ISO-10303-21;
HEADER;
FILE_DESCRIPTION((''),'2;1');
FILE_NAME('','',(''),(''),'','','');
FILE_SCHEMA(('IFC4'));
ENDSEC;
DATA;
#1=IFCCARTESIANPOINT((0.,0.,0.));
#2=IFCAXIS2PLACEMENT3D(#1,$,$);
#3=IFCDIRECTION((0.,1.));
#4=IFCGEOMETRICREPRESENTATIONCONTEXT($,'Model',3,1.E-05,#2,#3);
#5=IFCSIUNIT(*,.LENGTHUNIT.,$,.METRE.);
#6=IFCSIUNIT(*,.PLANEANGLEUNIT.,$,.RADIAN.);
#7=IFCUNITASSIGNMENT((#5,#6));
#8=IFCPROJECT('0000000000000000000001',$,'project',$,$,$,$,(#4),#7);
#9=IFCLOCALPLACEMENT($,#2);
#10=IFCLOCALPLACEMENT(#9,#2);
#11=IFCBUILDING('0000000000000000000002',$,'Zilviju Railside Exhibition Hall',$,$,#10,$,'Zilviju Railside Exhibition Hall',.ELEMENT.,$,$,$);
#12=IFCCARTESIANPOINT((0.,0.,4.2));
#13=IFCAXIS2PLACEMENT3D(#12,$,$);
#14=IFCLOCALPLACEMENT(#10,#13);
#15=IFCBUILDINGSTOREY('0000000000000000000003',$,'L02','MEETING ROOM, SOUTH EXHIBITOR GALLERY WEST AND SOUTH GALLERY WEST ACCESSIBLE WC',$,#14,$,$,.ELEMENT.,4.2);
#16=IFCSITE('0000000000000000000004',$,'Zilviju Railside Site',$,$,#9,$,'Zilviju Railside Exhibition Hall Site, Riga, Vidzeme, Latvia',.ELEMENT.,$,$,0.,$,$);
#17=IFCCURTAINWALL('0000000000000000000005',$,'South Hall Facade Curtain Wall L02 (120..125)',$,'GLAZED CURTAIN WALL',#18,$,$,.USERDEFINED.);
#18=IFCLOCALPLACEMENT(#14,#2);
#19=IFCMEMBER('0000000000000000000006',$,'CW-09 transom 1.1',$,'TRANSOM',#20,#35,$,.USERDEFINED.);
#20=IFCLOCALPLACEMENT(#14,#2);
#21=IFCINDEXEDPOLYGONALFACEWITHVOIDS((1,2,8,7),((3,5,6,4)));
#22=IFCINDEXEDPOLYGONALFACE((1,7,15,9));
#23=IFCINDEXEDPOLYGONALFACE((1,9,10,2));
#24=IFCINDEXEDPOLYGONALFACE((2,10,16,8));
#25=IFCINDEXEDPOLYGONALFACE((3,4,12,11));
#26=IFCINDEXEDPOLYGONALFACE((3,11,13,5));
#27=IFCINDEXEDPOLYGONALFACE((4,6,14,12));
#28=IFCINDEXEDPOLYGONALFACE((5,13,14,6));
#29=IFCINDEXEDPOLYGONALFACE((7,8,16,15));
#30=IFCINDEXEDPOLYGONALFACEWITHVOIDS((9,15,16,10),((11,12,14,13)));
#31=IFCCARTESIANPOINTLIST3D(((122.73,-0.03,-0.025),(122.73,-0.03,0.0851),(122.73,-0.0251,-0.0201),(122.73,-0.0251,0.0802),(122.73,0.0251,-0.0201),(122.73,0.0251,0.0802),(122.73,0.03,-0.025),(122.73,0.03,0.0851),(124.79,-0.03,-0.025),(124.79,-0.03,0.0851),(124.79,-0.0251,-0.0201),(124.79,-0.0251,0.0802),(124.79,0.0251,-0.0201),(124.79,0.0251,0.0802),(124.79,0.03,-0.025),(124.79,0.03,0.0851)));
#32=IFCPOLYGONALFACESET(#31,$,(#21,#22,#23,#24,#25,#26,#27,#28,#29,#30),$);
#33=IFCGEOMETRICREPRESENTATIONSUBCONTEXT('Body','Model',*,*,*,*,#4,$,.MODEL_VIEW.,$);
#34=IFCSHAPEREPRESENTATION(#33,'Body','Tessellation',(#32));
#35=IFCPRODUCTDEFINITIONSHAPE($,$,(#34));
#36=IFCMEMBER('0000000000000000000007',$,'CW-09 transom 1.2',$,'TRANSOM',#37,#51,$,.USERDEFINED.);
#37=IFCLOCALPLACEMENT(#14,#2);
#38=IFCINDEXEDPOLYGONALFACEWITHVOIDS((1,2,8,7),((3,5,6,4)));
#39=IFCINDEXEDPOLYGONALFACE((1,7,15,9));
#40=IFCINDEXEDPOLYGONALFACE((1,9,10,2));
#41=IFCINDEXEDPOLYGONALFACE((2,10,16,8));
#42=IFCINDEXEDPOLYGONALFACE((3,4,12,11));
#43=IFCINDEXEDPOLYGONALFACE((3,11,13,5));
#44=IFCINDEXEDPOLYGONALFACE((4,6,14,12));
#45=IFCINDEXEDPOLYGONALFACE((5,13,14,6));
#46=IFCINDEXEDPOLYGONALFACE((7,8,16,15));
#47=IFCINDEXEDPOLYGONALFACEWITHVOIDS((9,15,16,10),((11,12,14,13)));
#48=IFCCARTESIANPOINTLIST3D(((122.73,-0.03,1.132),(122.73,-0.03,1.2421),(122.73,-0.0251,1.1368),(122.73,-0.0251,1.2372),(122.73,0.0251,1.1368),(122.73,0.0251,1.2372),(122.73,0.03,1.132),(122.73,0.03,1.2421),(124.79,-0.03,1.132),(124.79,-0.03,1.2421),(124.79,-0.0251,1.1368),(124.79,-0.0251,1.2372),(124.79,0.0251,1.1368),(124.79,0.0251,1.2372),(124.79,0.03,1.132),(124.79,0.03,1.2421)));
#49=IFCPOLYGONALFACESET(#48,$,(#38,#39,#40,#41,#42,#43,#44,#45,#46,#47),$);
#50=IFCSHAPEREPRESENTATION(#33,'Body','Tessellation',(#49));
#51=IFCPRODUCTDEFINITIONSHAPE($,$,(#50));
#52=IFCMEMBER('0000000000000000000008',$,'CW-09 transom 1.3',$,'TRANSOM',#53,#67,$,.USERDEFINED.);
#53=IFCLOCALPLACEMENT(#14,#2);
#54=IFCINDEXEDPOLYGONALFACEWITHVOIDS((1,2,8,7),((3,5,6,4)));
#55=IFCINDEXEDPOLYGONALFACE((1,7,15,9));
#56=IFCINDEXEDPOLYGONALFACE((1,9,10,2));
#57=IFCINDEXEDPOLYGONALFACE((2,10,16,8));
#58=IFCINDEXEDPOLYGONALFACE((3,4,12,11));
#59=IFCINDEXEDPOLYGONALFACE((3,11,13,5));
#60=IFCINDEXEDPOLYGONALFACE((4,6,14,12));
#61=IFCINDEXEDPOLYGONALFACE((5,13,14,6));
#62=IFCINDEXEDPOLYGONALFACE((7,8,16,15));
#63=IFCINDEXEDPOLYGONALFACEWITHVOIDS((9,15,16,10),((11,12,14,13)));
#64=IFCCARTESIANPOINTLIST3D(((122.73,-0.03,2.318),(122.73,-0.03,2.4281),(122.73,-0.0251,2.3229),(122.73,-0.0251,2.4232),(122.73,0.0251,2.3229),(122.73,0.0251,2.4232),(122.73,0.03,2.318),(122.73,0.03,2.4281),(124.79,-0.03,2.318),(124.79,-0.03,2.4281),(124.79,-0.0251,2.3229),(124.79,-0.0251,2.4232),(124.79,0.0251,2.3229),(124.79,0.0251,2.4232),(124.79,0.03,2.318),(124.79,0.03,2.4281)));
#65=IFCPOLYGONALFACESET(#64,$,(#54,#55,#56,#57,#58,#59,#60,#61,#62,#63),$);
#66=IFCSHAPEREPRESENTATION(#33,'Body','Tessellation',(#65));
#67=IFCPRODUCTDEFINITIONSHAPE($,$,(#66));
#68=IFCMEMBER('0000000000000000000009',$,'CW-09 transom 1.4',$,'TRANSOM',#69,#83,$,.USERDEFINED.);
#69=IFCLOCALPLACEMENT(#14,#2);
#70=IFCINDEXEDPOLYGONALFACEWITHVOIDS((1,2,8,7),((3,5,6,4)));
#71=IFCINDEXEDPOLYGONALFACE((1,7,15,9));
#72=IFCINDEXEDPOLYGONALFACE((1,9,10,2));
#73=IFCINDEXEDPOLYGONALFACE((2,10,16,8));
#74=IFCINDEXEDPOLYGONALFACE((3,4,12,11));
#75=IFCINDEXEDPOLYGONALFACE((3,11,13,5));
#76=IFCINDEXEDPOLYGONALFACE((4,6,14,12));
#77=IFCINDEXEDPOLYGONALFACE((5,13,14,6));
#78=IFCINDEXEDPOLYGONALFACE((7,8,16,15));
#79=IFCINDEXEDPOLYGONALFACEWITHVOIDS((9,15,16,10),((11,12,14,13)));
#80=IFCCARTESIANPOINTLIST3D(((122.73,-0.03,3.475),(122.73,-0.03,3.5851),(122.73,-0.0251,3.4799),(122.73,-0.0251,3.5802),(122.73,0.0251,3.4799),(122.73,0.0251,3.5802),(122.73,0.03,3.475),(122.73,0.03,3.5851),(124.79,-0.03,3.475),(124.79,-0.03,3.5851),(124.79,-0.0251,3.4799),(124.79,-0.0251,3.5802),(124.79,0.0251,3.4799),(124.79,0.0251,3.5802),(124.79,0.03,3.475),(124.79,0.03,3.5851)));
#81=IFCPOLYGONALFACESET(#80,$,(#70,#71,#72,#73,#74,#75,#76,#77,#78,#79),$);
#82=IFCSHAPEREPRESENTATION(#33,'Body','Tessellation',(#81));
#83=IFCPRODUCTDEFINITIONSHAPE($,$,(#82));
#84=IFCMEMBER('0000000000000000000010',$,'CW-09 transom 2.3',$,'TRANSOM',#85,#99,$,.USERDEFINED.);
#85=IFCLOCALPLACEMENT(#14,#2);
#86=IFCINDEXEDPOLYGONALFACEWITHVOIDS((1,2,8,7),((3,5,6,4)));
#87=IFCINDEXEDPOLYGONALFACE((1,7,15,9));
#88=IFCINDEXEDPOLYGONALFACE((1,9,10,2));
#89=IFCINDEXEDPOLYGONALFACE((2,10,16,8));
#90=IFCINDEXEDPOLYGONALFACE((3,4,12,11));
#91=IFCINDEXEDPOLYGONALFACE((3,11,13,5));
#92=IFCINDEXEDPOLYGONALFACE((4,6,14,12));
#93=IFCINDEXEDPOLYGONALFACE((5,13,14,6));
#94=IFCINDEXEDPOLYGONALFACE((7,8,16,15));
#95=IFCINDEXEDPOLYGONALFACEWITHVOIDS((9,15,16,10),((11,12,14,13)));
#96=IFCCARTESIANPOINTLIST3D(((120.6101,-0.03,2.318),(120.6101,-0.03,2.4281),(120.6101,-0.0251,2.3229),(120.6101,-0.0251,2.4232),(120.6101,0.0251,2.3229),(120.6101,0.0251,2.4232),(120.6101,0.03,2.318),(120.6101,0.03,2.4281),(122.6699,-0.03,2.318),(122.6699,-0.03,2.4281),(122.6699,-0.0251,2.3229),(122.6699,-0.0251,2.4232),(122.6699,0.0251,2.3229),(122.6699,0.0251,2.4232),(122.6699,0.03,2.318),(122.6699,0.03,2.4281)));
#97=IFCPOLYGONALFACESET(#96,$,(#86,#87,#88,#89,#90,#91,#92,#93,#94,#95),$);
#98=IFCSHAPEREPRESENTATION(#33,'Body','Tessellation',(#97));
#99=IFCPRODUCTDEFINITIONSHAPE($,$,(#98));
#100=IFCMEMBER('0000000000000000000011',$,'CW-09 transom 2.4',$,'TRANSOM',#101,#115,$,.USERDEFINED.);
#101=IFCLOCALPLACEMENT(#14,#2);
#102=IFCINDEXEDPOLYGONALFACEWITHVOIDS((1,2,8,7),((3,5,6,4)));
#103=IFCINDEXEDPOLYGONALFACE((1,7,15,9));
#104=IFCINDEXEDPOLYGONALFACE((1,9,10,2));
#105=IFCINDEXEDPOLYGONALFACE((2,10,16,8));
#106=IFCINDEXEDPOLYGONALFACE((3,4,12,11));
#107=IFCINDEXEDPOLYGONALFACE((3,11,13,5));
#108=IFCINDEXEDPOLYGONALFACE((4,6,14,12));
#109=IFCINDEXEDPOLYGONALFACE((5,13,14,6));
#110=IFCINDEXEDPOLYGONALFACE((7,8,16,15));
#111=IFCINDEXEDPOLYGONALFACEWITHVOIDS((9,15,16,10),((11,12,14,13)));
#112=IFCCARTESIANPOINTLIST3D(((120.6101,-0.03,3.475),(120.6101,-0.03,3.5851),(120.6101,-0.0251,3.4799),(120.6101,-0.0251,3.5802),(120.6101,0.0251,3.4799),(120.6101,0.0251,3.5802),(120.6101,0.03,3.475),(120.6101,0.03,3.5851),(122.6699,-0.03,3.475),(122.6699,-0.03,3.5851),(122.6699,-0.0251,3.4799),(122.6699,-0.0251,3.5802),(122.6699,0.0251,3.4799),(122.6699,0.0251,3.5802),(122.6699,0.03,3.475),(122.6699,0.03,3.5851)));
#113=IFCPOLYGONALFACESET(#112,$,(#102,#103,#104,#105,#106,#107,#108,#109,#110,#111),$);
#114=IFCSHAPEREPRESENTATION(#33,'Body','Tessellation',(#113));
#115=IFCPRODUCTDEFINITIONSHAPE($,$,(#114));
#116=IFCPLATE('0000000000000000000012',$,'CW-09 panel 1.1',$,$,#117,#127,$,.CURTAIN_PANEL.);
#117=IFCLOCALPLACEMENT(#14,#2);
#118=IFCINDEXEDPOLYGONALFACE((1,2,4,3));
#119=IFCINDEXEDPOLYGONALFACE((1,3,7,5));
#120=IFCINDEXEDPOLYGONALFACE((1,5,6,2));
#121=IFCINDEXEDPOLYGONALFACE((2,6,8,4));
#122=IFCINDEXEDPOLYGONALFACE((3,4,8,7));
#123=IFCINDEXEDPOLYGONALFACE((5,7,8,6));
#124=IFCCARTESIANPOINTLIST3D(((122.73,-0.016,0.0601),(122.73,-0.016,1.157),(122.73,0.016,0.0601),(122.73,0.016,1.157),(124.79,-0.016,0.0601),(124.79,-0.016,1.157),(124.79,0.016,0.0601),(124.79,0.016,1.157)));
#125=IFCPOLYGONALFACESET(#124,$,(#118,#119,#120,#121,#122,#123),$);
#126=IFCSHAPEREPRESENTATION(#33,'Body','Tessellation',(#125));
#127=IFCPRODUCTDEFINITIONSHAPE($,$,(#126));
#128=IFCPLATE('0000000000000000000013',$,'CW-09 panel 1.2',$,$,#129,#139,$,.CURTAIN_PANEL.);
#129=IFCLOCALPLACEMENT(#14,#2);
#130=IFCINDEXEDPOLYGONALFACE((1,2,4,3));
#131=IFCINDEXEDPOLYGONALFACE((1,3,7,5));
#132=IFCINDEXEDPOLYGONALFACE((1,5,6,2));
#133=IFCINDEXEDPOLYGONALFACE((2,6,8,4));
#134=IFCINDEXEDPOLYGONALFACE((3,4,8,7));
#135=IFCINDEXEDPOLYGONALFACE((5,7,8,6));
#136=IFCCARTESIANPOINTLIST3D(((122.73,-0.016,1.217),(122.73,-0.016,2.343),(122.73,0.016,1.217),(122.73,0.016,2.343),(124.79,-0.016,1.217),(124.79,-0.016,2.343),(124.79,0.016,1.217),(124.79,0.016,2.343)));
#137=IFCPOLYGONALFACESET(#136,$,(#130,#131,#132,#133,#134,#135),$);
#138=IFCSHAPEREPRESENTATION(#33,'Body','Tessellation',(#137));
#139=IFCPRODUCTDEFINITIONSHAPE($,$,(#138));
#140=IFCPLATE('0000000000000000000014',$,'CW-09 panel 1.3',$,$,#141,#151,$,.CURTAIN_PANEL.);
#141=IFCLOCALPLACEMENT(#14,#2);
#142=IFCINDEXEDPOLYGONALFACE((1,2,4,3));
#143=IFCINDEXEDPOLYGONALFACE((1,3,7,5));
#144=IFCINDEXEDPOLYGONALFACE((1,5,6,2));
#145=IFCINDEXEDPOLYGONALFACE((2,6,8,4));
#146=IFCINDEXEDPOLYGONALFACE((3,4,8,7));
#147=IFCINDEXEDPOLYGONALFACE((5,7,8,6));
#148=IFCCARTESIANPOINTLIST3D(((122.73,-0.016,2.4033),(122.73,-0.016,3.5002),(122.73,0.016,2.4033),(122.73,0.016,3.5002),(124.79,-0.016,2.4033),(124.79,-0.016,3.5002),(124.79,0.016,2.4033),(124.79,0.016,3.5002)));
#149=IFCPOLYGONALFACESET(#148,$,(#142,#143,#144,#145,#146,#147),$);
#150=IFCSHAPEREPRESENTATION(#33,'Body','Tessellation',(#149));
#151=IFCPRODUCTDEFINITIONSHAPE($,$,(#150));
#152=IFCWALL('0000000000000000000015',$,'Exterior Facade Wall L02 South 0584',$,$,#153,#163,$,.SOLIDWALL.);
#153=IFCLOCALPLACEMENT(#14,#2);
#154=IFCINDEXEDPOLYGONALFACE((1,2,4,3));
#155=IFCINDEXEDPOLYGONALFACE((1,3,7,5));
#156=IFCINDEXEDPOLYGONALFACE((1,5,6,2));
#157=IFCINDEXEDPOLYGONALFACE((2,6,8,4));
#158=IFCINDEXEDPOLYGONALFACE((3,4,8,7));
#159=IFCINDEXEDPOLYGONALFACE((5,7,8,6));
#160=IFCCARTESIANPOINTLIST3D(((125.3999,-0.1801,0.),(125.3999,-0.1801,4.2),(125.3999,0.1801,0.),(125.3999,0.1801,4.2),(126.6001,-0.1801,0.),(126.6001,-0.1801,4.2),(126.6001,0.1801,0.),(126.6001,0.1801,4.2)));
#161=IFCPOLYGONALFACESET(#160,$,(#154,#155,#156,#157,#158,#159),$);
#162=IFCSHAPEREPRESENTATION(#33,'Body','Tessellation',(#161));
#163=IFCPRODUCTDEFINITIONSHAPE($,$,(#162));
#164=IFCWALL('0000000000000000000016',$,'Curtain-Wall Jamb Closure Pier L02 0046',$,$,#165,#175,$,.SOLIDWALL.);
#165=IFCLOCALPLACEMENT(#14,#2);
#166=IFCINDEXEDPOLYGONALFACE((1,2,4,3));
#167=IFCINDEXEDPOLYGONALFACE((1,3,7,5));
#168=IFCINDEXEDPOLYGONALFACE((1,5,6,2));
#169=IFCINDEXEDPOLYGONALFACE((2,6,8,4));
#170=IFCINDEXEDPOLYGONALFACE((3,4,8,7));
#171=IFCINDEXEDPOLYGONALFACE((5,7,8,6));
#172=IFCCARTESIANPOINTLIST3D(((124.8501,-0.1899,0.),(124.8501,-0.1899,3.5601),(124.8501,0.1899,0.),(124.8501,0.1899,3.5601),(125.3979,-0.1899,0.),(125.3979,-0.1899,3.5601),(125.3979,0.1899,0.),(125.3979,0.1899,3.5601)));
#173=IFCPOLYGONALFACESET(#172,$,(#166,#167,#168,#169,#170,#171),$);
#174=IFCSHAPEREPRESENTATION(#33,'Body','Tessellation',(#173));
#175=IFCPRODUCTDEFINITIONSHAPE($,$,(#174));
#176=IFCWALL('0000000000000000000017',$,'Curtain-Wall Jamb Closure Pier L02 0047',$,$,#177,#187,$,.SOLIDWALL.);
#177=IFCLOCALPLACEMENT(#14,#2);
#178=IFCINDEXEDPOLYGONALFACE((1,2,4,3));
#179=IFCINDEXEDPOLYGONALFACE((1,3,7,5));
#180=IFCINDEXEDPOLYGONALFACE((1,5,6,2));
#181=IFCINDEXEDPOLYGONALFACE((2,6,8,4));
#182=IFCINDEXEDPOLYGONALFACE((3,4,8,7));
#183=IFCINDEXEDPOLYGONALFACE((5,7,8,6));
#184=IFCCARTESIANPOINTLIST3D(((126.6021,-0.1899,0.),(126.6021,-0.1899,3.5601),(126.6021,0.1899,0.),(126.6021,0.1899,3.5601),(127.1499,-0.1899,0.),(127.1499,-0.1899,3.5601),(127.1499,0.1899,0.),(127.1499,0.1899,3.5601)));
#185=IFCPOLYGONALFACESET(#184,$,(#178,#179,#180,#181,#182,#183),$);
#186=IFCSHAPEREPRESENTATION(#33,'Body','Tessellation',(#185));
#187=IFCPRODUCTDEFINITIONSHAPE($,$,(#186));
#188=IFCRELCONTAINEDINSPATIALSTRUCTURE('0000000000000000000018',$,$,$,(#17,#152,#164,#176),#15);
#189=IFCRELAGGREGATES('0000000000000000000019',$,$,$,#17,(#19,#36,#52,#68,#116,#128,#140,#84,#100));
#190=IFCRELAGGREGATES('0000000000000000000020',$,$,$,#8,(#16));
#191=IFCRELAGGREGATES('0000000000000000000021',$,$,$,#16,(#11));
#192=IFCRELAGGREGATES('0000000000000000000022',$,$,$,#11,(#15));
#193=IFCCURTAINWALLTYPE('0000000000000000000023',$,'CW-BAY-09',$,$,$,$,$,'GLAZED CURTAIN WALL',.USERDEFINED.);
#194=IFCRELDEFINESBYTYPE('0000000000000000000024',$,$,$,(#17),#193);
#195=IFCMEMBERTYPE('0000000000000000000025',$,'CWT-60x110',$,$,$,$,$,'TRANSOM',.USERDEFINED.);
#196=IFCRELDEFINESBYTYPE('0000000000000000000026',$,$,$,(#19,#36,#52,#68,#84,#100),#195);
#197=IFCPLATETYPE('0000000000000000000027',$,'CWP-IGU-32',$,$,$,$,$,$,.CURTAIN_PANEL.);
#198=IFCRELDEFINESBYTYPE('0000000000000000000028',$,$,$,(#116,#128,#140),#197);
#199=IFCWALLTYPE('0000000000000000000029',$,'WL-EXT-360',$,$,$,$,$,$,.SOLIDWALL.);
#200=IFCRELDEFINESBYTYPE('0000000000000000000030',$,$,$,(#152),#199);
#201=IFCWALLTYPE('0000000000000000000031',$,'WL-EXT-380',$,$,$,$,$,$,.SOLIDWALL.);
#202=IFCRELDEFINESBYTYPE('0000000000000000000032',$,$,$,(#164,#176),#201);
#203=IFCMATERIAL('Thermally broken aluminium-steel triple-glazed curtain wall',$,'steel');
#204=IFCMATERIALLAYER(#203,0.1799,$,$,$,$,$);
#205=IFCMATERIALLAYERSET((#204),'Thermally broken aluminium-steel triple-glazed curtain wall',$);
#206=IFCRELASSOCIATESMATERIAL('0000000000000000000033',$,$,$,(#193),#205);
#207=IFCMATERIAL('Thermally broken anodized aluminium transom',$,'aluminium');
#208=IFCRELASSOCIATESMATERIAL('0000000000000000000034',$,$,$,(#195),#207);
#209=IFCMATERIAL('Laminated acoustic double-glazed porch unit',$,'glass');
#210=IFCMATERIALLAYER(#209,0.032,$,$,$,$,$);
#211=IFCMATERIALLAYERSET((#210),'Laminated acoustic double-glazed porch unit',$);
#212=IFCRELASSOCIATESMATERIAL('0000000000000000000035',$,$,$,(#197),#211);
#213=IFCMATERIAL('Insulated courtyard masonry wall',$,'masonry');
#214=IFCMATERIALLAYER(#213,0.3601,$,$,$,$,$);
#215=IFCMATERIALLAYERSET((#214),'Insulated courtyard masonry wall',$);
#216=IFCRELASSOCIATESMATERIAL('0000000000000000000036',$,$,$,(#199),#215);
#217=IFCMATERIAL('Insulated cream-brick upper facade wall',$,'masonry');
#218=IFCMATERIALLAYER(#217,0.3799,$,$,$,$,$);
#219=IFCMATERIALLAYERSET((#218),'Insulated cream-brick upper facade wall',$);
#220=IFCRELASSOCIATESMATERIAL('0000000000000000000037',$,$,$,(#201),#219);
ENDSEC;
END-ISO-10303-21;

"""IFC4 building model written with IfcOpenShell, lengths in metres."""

from ifc_helpers import new_model, si_unit, direction, frame, frame_2d, origin, origin_2d, place, context, subcontext, project, spatial, rectangle, hollow_rectangle, extrude, material, layer, layer_set, material_profile, profile_set, type_object, element, aggregate, save


model = new_model("IFC4")

# Units and contexts
model_context = context("Model", 3, precision=1e-05, world=origin(), true_north=direction((0.0, 1.0)))
body_context = subcontext(model_context, "Body", "Model", "MODEL_VIEW")
ifc_project = project(units=[si_unit("LENGTHUNIT", "METRE"), si_unit("PLANEANGLEUNIT", "RADIAN")], contexts=[model_context])

# Site, building, storey
site_placement = place(None, origin())
site = spatial("IfcSite", under=ifc_project, at=site_placement, Name="Zilviju Railside Site", LongName="Zilviju Railside Exhibition Hall Site, Riga, Vidzeme, Latvia", CompositionType="ELEMENT", RefElevation=0.0)
building_placement = place(site_placement, origin())
building = spatial("IfcBuilding", under=site, at=building_placement, Name="Zilviju Railside Exhibition Hall", LongName="Zilviju Railside Exhibition Hall", CompositionType="ELEMENT")
storey_placement = place(building_placement, frame((0.0, 0.0, 4.2)))
storey = spatial("IfcBuildingStorey", under=building, at=storey_placement, Name="L02", Description="MEETING ROOM, SOUTH EXHIBITOR GALLERY WEST AND SOUTH GALLERY WEST ACCESSIBLE WC", CompositionType="ELEMENT", Elevation=4.2)

# Curtain wall
ifc_material_1 = material(Name="Thermally broken aluminium-steel triple-glazed curtain wall", Category="steel")
ifc_layer_1 = layer(ifc_material_1, 0.1799)
ifc_layer_set_1 = layer_set([ifc_layer_1], Name="Thermally broken aluminium-steel triple-glazed curtain wall")
curtain_wall_type_1 = type_object("IfcCurtainWallType", Name="CW-BAY-09", ElementType="GLAZED CURTAIN WALL", PredefinedType="USERDEFINED", material=ifc_layer_set_1)
curtain_wall_1_placement = place(storey_placement, origin())
curtain_wall_1 = element("IfcCurtainWall", 1, at=curtain_wall_1_placement, inside=storey, type_object=curtain_wall_type_1, Name="South Hall Facade Curtain Wall L02 (120..125)", ObjectType="GLAZED CURTAIN WALL", PredefinedType="USERDEFINED")

# Members
ifc_material_2 = material(Name="Thermally broken anodized aluminium transom", Category="aluminium")
ifc_material_profile_1 = material_profile(ifc_material_2, hollow_rectangle(XDim=0.0601, YDim=0.1101, WallThickness=0.0049, at=origin_2d()), Name="TRANSOM 110x60x5")
ifc_profile_set_1 = profile_set([ifc_material_profile_1], Name="Thermally broken anodized aluminium transom")
member_type_1 = type_object("IfcMemberType", Name="CWT-60x110", ElementType="TRANSOM", PredefinedType="USERDEFINED", material=ifc_profile_set_1)
member_1_placement = place(storey_placement, frame((124.79, 0.0, 0.03), z_axis=(-1.0, 0.0, 0.0), x_axis=(0.0, -1.0, 0.0)))
member_1 = element("IfcMember", 2, at=member_1_placement, type_object=member_type_1, Name="CW-09 transom 1.1", ObjectType="TRANSOM", PredefinedType="USERDEFINED", context=body_context, shape_type="SweptSolid", body=[
    extrude(hollow_rectangle(XDim=0.0601, YDim=0.1101, WallThickness=0.0049, at=origin_2d()), origin(), (0.0, 0.0, 1.0), 2.0601),
])
member_2_placement = place(storey_placement, frame((124.79, 0.0, 1.187), z_axis=(-1.0, 0.0, 0.0), x_axis=(0.0, -1.0, 0.0)))
member_2 = element("IfcMember", 3, at=member_2_placement, type_object=member_type_1, Name="CW-09 transom 1.2", ObjectType="TRANSOM", PredefinedType="USERDEFINED", context=body_context, shape_type="SweptSolid", body=[
    extrude(hollow_rectangle(XDim=0.0601, YDim=0.1101, WallThickness=0.0049, at=origin_2d()), origin(), (0.0, 0.0, 1.0), 2.0601),
])
member_3_placement = place(storey_placement, frame((124.79, 0.0, 2.373), z_axis=(-1.0, 0.0, 0.0), x_axis=(0.0, -1.0, 0.0)))
member_3 = element("IfcMember", 4, at=member_3_placement, type_object=member_type_1, Name="CW-09 transom 1.3", ObjectType="TRANSOM", PredefinedType="USERDEFINED", context=body_context, shape_type="SweptSolid", body=[
    extrude(hollow_rectangle(XDim=0.0601, YDim=0.1101, WallThickness=0.0049, at=origin_2d()), origin(), (0.0, 0.0, 1.0), 2.0601),
])
member_4_placement = place(storey_placement, frame((124.79, 0.0, 3.53), z_axis=(-1.0, 0.0, 0.0), x_axis=(0.0, -1.0, 0.0)))
member_4 = element("IfcMember", 5, at=member_4_placement, type_object=member_type_1, Name="CW-09 transom 1.4", ObjectType="TRANSOM", PredefinedType="USERDEFINED", context=body_context, shape_type="SweptSolid", body=[
    extrude(hollow_rectangle(XDim=0.0601, YDim=0.1101, WallThickness=0.0049, at=origin_2d()), origin(), (0.0, 0.0, 1.0), 2.0601),
])
member_5_placement = place(storey_placement, frame((122.6699, 0.0, 2.373), z_axis=(-1.0, 0.0, 0.0), x_axis=(0.0, -1.0, 0.0)))
member_5 = element("IfcMember", 6, at=member_5_placement, type_object=member_type_1, Name="CW-09 transom 2.3", ObjectType="TRANSOM", PredefinedType="USERDEFINED", context=body_context, shape_type="SweptSolid", body=[
    extrude(hollow_rectangle(XDim=0.0601, YDim=0.1101, WallThickness=0.0049, at=origin_2d()), origin(), (0.0, 0.0, 1.0), 2.0598),
])
member_6_placement = place(storey_placement, frame((122.6699, 0.0, 3.53), z_axis=(-1.0, 0.0, 0.0), x_axis=(0.0, -1.0, 0.0)))
member_6 = element("IfcMember", 7, at=member_6_placement, type_object=member_type_1, Name="CW-09 transom 2.4", ObjectType="TRANSOM", PredefinedType="USERDEFINED", context=body_context, shape_type="SweptSolid", body=[
    extrude(hollow_rectangle(XDim=0.0601, YDim=0.1101, WallThickness=0.0049, at=origin_2d()), origin(), (0.0, 0.0, 1.0), 2.0598),
])

# Plates
ifc_material_3 = material(Name="Laminated acoustic double-glazed porch unit", Category="glass")
ifc_layer_2 = layer(ifc_material_3, 0.032)
ifc_layer_set_2 = layer_set([ifc_layer_2], Name="Laminated acoustic double-glazed porch unit")
plate_type = type_object("IfcPlateType", Name="CWP-IGU-32", PredefinedType="CURTAIN_PANEL", material=ifc_layer_set_2)
plate_1_placement = place(storey_placement, frame((123.76, 0.0, 0.0601), z_axis=(0.0, 0.0, 1.0), x_axis=(-1.0, 0.0, 0.0)))
plate_1 = element("IfcPlate", 8, at=plate_1_placement, type_object=plate_type, Name="CW-09 panel 1.1", PredefinedType="CURTAIN_PANEL", context=body_context, shape_type="SweptSolid", body=[
    extrude(rectangle(XDim=2.0601, YDim=0.032, at=origin_2d()), origin(), (0.0, 0.0, 1.0), 1.0969),
])
plate_2_placement = place(storey_placement, frame((123.76, 0.0, 1.217), z_axis=(0.0, 0.0, 1.0), x_axis=(-1.0, 0.0, 0.0)))
plate_2 = element("IfcPlate", 9, at=plate_2_placement, type_object=plate_type, Name="CW-09 panel 1.2", PredefinedType="CURTAIN_PANEL", context=body_context, shape_type="SweptSolid", body=[
    extrude(rectangle(XDim=2.0601, YDim=0.032, at=origin_2d()), origin(), (0.0, 0.0, 1.0), 1.126),
])
plate_3_placement = place(storey_placement, frame((123.76, 0.0, 2.4033), z_axis=(0.0, 0.0, 1.0), x_axis=(-1.0, 0.0, 0.0)))
plate_3 = element("IfcPlate", 10, at=plate_3_placement, type_object=plate_type, Name="CW-09 panel 1.3", PredefinedType="CURTAIN_PANEL", context=body_context, shape_type="SweptSolid", body=[
    extrude(rectangle(XDim=2.0601, YDim=0.032, at=origin_2d()), origin(), (0.0, 0.0, 1.0), 1.0969),
])
aggregate(curtain_wall_1, [member_1, member_2, member_3, member_4, plate_1, plate_2, plate_3, member_5, member_6])

# Walls
ifc_material_4 = material(Name="Insulated courtyard masonry wall", Category="masonry")
ifc_layer_3 = layer(ifc_material_4, 0.3601)
ifc_layer_set_3 = layer_set([ifc_layer_3], Name="Insulated courtyard masonry wall")
wall_type_1 = type_object("IfcWallType", Name="WL-EXT-360", PredefinedType="SOLIDWALL", material=ifc_layer_set_3)
wall_placement = place(storey_placement, frame((126.6001, 0.0, 0.0), z_axis=(0.0, 0.0, 1.0), x_axis=(-1.0, 0.0, 0.0)))
element("IfcWall", 11, at=wall_placement, inside=storey, type_object=wall_type_1, Name="Exterior Facade Wall L02 South 0584", PredefinedType="SOLIDWALL", context=body_context, shape_type="SweptSolid", body=[
    extrude(rectangle(XDim=1.2002, YDim=0.3601, at=frame_2d((0.6001, 0.0))), origin(), (0.0, 0.0, 1.0), 4.2),
])
ifc_material_5 = material(Name="Insulated cream-brick upper facade wall", Category="masonry")
ifc_layer_4 = layer(ifc_material_5, 0.3799)
ifc_layer_set_4 = layer_set([ifc_layer_4], Name="Insulated cream-brick upper facade wall")
wall_type_2 = type_object("IfcWallType", Name="WL-EXT-380", PredefinedType="SOLIDWALL", material=ifc_layer_set_4)
for number, where, z_axis, x_axis, name in (
    (12, (125.3979, 0.0, 0.0), (0.0, 0.0, 1.0), (-1.0, 0.0, 0.0), "Curtain-Wall Jamb Closure Pier L02 0046"),
    (13, (127.1499, 0.0, 0.0), (0.0, 0.0, 1.0), (-1.0, 0.0, 0.0), "Curtain-Wall Jamb Closure Pier L02 0047"),
):
    element("IfcWall", number, at=place(storey_placement, frame(where, z_axis=z_axis, x_axis=x_axis)), inside=storey, type_object=wall_type_2, Name=name, PredefinedType="SOLIDWALL", context=body_context, shape_type="SweptSolid", body=[
        extrude(rectangle(XDim=0.5479, YDim=0.3799, at=frame_2d((0.2739, 0.0))), origin(), (0.0, 0.0, 1.0), 3.5601),
    ])

save(model, "model.ifc")
